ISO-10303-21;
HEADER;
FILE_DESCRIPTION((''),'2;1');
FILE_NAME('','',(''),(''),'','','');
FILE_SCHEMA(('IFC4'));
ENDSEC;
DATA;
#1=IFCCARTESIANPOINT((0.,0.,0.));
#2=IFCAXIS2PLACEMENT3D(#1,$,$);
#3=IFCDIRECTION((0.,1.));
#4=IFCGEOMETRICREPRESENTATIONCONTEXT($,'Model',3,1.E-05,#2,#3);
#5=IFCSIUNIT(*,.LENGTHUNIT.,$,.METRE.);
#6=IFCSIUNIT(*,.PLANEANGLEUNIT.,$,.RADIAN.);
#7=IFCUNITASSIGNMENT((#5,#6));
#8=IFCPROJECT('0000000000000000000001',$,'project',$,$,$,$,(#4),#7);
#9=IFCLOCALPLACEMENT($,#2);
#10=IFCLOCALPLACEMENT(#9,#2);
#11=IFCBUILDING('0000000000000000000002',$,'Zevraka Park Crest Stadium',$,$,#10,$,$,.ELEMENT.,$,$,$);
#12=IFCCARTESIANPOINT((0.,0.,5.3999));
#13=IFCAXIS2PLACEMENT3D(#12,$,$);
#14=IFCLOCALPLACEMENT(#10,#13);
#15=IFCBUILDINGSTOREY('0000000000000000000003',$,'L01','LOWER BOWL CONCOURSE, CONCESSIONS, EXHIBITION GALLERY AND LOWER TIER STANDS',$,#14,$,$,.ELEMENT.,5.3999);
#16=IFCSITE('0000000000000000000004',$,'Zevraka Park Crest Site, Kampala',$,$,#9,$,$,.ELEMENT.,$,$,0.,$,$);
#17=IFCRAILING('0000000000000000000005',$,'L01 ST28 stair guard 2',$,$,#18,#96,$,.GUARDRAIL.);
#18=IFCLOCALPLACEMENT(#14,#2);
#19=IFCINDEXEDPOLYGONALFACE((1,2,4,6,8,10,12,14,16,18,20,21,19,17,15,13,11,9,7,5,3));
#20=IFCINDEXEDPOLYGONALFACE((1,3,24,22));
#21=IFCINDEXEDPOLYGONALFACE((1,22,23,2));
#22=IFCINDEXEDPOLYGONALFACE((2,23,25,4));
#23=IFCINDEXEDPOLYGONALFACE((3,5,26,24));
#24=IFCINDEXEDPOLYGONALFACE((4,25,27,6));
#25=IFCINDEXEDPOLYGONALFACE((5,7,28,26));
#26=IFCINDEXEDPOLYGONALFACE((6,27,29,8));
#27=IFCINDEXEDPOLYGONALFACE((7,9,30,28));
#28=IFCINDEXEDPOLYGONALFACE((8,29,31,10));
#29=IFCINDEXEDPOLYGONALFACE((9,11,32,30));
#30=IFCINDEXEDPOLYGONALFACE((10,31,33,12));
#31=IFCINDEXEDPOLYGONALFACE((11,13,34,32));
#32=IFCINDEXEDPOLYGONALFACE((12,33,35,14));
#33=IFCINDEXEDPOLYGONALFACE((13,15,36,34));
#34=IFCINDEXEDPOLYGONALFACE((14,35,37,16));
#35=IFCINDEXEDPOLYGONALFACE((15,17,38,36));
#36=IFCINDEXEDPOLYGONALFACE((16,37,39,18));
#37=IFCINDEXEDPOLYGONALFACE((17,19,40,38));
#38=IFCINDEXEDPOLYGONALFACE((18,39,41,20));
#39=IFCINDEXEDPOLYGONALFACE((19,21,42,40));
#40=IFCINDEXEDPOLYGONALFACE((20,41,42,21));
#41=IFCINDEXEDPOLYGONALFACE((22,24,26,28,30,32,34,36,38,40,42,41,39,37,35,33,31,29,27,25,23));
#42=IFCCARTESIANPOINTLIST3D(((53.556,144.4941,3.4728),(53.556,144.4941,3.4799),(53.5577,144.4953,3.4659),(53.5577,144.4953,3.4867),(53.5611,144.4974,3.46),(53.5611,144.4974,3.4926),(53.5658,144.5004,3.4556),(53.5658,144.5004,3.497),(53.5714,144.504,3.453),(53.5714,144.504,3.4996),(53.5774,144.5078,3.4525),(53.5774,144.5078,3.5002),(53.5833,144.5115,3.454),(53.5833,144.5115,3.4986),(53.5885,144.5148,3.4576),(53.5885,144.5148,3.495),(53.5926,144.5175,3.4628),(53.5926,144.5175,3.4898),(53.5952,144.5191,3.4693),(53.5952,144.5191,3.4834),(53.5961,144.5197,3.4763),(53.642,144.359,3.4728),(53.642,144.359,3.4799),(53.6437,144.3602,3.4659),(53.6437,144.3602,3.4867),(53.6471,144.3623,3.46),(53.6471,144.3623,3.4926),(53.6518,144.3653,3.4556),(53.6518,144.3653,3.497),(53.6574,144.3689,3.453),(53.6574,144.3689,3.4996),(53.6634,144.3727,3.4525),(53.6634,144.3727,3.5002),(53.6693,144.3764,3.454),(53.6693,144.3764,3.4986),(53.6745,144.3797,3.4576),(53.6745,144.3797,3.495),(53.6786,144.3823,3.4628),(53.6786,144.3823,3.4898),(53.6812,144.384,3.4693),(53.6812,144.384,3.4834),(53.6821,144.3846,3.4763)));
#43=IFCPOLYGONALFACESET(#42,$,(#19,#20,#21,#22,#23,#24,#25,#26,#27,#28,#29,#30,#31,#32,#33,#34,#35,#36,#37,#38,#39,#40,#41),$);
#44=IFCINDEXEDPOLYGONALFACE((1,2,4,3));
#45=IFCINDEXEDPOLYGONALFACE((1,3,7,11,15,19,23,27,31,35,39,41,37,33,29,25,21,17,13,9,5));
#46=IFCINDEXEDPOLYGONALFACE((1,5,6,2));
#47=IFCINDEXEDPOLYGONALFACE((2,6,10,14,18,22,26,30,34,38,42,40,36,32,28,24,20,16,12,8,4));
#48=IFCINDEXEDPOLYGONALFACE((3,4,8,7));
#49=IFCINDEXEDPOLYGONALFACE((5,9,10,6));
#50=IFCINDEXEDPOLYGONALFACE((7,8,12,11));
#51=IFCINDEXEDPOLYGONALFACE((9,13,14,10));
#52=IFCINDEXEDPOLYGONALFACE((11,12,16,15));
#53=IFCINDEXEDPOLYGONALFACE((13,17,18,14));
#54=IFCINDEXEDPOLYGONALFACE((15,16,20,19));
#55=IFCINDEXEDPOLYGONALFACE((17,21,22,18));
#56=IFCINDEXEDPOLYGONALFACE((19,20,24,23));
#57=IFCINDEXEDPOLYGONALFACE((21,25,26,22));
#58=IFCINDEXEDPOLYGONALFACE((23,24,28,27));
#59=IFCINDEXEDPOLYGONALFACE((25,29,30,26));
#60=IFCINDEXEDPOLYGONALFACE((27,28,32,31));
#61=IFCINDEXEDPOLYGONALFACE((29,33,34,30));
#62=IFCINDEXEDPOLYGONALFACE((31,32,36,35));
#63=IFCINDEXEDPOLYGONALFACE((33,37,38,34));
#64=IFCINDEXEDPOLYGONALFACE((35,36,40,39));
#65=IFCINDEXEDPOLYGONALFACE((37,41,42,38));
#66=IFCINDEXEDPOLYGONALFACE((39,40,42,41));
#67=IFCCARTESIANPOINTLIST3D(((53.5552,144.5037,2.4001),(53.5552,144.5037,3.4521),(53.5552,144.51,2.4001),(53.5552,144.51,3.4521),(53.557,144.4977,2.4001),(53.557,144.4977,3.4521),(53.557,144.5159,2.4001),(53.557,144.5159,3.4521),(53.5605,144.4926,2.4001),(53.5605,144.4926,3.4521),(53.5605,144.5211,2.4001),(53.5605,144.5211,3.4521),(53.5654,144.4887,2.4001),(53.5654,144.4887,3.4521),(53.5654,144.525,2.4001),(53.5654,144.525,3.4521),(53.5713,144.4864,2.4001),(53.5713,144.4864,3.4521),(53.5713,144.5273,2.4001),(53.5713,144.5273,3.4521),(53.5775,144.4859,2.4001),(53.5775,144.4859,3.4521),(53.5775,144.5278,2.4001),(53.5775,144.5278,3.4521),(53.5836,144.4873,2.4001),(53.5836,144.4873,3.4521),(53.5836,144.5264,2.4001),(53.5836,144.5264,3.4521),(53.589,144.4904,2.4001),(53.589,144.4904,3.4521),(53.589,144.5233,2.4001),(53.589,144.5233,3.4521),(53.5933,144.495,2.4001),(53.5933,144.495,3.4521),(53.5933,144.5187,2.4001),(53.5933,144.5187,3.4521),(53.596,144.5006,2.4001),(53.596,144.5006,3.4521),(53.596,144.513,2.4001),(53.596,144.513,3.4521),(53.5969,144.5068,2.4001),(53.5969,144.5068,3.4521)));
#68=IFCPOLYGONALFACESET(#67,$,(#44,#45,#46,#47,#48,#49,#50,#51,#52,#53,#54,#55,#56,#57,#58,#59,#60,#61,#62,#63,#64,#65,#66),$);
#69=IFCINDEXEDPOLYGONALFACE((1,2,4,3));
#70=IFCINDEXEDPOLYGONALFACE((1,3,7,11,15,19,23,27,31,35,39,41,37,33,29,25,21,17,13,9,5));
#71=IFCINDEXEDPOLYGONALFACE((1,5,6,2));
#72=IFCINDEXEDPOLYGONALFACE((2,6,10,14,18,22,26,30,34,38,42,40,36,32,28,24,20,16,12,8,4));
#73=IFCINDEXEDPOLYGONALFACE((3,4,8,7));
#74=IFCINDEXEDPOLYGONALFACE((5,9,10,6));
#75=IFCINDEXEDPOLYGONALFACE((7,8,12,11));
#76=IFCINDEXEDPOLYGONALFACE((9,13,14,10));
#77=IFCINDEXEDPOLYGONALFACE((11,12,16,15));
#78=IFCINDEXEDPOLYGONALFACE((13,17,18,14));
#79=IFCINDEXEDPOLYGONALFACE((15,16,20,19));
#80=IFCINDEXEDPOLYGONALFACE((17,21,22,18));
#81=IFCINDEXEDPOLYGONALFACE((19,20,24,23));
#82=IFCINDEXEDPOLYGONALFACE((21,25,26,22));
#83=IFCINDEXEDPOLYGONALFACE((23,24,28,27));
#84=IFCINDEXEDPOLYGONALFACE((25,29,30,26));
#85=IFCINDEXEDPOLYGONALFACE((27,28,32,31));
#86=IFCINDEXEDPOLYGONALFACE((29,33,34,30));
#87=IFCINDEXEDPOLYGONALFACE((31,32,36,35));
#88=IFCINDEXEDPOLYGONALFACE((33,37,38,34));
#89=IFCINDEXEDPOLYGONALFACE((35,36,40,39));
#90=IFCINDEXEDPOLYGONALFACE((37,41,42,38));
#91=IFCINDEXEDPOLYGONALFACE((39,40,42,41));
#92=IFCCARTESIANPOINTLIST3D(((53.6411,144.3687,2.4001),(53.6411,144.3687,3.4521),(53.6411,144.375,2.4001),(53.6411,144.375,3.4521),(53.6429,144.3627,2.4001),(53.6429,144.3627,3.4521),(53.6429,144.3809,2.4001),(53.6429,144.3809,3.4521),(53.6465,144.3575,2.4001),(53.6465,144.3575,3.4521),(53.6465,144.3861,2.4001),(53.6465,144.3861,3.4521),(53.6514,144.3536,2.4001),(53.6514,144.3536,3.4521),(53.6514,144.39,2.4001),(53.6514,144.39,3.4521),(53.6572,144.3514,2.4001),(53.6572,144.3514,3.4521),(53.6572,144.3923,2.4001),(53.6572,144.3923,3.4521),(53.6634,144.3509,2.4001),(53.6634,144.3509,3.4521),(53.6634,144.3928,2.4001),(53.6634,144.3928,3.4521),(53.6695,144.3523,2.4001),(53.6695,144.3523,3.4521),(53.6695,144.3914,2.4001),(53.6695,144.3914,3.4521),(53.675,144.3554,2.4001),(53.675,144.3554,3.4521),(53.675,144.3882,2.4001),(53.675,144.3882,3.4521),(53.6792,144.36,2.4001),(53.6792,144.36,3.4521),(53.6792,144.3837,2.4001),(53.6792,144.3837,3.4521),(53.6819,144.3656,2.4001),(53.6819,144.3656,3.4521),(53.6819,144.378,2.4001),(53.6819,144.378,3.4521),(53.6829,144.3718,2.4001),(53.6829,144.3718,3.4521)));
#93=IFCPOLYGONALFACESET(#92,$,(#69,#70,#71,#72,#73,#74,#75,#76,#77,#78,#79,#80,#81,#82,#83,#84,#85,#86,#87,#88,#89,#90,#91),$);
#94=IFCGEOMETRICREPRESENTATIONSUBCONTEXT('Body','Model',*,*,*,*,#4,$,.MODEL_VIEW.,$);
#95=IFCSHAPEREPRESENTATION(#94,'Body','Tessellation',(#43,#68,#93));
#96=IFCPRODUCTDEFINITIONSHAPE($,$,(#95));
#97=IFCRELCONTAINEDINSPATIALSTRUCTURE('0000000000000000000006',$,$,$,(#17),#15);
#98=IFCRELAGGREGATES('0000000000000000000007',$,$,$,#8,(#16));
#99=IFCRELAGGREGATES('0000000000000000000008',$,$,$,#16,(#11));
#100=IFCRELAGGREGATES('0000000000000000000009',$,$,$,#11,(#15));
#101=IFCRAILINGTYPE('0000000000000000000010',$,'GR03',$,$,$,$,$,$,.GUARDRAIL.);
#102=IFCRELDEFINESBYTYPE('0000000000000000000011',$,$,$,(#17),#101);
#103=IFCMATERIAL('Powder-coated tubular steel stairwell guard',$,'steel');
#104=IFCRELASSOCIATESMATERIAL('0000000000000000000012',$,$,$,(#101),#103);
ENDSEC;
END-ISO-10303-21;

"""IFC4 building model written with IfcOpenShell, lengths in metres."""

from ifc_helpers import new_model, si_unit, direction, frame, origin, origin_2d, place, context, subcontext, project, spatial, circle, extrude, material, type_object, element, save


model = new_model("IFC4")

# Units and contexts
model_context = context("Model", 3, precision=1e-05, world=origin(), true_north=direction((0.0, 1.0)))
body_context = subcontext(model_context, "Body", "Model", "MODEL_VIEW")
ifc_project = project(units=[si_unit("LENGTHUNIT", "METRE"), si_unit("PLANEANGLEUNIT", "RADIAN")], contexts=[model_context])

# Site, building, storey
site_placement = place(None, origin())
site = spatial("IfcSite", under=ifc_project, at=site_placement, Name="Zevraka Park Crest Site, Kampala", CompositionType="ELEMENT", RefElevation=0.0)
building_placement = place(site_placement, origin())
building = spatial("IfcBuilding", under=site, at=building_placement, Name="Zevraka Park Crest Stadium", CompositionType="ELEMENT")
storey_placement = place(building_placement, frame((0.0, 0.0, 5.3999)))
storey = spatial("IfcBuildingStorey", under=building, at=storey_placement, Name="L01", Description="LOWER BOWL CONCOURSE, CONCESSIONS, EXHIBITION GALLERY AND LOWER TIER STANDS", CompositionType="ELEMENT", Elevation=5.3999)

# Railing
ifc_material_1 = material(Name="Powder-coated tubular steel stairwell guard", Category="steel")
railing_type_1 = type_object("IfcRailingType", Name="GR03", PredefinedType="GUARDRAIL", material=ifc_material_1)
railing_1_placement = place(storey_placement, frame((53.5759, 144.5068, 2.4001)))
element("IfcRailing", 1, at=railing_1_placement, inside=storey, type_object=railing_type_1, Name="L01 ST28 stair guard 2", PredefinedType="GUARDRAIL", context=body_context, shape_type="SweptSolid", body=[
    extrude(circle(Radius=0.0239, at=origin_2d()), frame((0.0, 0.0, 1.0762), z_axis=(0.536974, -0.843599, 0.0), x_axis=(0.843599, 0.536974, 0.0)), (0.0, 0.0, 1.0), 0.1602),
    extrude(circle(Radius=0.021, at=origin_2d()), origin(), (0.0, 0.0, 1.0), 1.052),
    extrude(circle(Radius=0.021, at=origin_2d()), frame((0.0859, -0.135, 0.0)), (0.0, 0.0, 1.0), 1.052),
])

save(model, "model.ifc")
